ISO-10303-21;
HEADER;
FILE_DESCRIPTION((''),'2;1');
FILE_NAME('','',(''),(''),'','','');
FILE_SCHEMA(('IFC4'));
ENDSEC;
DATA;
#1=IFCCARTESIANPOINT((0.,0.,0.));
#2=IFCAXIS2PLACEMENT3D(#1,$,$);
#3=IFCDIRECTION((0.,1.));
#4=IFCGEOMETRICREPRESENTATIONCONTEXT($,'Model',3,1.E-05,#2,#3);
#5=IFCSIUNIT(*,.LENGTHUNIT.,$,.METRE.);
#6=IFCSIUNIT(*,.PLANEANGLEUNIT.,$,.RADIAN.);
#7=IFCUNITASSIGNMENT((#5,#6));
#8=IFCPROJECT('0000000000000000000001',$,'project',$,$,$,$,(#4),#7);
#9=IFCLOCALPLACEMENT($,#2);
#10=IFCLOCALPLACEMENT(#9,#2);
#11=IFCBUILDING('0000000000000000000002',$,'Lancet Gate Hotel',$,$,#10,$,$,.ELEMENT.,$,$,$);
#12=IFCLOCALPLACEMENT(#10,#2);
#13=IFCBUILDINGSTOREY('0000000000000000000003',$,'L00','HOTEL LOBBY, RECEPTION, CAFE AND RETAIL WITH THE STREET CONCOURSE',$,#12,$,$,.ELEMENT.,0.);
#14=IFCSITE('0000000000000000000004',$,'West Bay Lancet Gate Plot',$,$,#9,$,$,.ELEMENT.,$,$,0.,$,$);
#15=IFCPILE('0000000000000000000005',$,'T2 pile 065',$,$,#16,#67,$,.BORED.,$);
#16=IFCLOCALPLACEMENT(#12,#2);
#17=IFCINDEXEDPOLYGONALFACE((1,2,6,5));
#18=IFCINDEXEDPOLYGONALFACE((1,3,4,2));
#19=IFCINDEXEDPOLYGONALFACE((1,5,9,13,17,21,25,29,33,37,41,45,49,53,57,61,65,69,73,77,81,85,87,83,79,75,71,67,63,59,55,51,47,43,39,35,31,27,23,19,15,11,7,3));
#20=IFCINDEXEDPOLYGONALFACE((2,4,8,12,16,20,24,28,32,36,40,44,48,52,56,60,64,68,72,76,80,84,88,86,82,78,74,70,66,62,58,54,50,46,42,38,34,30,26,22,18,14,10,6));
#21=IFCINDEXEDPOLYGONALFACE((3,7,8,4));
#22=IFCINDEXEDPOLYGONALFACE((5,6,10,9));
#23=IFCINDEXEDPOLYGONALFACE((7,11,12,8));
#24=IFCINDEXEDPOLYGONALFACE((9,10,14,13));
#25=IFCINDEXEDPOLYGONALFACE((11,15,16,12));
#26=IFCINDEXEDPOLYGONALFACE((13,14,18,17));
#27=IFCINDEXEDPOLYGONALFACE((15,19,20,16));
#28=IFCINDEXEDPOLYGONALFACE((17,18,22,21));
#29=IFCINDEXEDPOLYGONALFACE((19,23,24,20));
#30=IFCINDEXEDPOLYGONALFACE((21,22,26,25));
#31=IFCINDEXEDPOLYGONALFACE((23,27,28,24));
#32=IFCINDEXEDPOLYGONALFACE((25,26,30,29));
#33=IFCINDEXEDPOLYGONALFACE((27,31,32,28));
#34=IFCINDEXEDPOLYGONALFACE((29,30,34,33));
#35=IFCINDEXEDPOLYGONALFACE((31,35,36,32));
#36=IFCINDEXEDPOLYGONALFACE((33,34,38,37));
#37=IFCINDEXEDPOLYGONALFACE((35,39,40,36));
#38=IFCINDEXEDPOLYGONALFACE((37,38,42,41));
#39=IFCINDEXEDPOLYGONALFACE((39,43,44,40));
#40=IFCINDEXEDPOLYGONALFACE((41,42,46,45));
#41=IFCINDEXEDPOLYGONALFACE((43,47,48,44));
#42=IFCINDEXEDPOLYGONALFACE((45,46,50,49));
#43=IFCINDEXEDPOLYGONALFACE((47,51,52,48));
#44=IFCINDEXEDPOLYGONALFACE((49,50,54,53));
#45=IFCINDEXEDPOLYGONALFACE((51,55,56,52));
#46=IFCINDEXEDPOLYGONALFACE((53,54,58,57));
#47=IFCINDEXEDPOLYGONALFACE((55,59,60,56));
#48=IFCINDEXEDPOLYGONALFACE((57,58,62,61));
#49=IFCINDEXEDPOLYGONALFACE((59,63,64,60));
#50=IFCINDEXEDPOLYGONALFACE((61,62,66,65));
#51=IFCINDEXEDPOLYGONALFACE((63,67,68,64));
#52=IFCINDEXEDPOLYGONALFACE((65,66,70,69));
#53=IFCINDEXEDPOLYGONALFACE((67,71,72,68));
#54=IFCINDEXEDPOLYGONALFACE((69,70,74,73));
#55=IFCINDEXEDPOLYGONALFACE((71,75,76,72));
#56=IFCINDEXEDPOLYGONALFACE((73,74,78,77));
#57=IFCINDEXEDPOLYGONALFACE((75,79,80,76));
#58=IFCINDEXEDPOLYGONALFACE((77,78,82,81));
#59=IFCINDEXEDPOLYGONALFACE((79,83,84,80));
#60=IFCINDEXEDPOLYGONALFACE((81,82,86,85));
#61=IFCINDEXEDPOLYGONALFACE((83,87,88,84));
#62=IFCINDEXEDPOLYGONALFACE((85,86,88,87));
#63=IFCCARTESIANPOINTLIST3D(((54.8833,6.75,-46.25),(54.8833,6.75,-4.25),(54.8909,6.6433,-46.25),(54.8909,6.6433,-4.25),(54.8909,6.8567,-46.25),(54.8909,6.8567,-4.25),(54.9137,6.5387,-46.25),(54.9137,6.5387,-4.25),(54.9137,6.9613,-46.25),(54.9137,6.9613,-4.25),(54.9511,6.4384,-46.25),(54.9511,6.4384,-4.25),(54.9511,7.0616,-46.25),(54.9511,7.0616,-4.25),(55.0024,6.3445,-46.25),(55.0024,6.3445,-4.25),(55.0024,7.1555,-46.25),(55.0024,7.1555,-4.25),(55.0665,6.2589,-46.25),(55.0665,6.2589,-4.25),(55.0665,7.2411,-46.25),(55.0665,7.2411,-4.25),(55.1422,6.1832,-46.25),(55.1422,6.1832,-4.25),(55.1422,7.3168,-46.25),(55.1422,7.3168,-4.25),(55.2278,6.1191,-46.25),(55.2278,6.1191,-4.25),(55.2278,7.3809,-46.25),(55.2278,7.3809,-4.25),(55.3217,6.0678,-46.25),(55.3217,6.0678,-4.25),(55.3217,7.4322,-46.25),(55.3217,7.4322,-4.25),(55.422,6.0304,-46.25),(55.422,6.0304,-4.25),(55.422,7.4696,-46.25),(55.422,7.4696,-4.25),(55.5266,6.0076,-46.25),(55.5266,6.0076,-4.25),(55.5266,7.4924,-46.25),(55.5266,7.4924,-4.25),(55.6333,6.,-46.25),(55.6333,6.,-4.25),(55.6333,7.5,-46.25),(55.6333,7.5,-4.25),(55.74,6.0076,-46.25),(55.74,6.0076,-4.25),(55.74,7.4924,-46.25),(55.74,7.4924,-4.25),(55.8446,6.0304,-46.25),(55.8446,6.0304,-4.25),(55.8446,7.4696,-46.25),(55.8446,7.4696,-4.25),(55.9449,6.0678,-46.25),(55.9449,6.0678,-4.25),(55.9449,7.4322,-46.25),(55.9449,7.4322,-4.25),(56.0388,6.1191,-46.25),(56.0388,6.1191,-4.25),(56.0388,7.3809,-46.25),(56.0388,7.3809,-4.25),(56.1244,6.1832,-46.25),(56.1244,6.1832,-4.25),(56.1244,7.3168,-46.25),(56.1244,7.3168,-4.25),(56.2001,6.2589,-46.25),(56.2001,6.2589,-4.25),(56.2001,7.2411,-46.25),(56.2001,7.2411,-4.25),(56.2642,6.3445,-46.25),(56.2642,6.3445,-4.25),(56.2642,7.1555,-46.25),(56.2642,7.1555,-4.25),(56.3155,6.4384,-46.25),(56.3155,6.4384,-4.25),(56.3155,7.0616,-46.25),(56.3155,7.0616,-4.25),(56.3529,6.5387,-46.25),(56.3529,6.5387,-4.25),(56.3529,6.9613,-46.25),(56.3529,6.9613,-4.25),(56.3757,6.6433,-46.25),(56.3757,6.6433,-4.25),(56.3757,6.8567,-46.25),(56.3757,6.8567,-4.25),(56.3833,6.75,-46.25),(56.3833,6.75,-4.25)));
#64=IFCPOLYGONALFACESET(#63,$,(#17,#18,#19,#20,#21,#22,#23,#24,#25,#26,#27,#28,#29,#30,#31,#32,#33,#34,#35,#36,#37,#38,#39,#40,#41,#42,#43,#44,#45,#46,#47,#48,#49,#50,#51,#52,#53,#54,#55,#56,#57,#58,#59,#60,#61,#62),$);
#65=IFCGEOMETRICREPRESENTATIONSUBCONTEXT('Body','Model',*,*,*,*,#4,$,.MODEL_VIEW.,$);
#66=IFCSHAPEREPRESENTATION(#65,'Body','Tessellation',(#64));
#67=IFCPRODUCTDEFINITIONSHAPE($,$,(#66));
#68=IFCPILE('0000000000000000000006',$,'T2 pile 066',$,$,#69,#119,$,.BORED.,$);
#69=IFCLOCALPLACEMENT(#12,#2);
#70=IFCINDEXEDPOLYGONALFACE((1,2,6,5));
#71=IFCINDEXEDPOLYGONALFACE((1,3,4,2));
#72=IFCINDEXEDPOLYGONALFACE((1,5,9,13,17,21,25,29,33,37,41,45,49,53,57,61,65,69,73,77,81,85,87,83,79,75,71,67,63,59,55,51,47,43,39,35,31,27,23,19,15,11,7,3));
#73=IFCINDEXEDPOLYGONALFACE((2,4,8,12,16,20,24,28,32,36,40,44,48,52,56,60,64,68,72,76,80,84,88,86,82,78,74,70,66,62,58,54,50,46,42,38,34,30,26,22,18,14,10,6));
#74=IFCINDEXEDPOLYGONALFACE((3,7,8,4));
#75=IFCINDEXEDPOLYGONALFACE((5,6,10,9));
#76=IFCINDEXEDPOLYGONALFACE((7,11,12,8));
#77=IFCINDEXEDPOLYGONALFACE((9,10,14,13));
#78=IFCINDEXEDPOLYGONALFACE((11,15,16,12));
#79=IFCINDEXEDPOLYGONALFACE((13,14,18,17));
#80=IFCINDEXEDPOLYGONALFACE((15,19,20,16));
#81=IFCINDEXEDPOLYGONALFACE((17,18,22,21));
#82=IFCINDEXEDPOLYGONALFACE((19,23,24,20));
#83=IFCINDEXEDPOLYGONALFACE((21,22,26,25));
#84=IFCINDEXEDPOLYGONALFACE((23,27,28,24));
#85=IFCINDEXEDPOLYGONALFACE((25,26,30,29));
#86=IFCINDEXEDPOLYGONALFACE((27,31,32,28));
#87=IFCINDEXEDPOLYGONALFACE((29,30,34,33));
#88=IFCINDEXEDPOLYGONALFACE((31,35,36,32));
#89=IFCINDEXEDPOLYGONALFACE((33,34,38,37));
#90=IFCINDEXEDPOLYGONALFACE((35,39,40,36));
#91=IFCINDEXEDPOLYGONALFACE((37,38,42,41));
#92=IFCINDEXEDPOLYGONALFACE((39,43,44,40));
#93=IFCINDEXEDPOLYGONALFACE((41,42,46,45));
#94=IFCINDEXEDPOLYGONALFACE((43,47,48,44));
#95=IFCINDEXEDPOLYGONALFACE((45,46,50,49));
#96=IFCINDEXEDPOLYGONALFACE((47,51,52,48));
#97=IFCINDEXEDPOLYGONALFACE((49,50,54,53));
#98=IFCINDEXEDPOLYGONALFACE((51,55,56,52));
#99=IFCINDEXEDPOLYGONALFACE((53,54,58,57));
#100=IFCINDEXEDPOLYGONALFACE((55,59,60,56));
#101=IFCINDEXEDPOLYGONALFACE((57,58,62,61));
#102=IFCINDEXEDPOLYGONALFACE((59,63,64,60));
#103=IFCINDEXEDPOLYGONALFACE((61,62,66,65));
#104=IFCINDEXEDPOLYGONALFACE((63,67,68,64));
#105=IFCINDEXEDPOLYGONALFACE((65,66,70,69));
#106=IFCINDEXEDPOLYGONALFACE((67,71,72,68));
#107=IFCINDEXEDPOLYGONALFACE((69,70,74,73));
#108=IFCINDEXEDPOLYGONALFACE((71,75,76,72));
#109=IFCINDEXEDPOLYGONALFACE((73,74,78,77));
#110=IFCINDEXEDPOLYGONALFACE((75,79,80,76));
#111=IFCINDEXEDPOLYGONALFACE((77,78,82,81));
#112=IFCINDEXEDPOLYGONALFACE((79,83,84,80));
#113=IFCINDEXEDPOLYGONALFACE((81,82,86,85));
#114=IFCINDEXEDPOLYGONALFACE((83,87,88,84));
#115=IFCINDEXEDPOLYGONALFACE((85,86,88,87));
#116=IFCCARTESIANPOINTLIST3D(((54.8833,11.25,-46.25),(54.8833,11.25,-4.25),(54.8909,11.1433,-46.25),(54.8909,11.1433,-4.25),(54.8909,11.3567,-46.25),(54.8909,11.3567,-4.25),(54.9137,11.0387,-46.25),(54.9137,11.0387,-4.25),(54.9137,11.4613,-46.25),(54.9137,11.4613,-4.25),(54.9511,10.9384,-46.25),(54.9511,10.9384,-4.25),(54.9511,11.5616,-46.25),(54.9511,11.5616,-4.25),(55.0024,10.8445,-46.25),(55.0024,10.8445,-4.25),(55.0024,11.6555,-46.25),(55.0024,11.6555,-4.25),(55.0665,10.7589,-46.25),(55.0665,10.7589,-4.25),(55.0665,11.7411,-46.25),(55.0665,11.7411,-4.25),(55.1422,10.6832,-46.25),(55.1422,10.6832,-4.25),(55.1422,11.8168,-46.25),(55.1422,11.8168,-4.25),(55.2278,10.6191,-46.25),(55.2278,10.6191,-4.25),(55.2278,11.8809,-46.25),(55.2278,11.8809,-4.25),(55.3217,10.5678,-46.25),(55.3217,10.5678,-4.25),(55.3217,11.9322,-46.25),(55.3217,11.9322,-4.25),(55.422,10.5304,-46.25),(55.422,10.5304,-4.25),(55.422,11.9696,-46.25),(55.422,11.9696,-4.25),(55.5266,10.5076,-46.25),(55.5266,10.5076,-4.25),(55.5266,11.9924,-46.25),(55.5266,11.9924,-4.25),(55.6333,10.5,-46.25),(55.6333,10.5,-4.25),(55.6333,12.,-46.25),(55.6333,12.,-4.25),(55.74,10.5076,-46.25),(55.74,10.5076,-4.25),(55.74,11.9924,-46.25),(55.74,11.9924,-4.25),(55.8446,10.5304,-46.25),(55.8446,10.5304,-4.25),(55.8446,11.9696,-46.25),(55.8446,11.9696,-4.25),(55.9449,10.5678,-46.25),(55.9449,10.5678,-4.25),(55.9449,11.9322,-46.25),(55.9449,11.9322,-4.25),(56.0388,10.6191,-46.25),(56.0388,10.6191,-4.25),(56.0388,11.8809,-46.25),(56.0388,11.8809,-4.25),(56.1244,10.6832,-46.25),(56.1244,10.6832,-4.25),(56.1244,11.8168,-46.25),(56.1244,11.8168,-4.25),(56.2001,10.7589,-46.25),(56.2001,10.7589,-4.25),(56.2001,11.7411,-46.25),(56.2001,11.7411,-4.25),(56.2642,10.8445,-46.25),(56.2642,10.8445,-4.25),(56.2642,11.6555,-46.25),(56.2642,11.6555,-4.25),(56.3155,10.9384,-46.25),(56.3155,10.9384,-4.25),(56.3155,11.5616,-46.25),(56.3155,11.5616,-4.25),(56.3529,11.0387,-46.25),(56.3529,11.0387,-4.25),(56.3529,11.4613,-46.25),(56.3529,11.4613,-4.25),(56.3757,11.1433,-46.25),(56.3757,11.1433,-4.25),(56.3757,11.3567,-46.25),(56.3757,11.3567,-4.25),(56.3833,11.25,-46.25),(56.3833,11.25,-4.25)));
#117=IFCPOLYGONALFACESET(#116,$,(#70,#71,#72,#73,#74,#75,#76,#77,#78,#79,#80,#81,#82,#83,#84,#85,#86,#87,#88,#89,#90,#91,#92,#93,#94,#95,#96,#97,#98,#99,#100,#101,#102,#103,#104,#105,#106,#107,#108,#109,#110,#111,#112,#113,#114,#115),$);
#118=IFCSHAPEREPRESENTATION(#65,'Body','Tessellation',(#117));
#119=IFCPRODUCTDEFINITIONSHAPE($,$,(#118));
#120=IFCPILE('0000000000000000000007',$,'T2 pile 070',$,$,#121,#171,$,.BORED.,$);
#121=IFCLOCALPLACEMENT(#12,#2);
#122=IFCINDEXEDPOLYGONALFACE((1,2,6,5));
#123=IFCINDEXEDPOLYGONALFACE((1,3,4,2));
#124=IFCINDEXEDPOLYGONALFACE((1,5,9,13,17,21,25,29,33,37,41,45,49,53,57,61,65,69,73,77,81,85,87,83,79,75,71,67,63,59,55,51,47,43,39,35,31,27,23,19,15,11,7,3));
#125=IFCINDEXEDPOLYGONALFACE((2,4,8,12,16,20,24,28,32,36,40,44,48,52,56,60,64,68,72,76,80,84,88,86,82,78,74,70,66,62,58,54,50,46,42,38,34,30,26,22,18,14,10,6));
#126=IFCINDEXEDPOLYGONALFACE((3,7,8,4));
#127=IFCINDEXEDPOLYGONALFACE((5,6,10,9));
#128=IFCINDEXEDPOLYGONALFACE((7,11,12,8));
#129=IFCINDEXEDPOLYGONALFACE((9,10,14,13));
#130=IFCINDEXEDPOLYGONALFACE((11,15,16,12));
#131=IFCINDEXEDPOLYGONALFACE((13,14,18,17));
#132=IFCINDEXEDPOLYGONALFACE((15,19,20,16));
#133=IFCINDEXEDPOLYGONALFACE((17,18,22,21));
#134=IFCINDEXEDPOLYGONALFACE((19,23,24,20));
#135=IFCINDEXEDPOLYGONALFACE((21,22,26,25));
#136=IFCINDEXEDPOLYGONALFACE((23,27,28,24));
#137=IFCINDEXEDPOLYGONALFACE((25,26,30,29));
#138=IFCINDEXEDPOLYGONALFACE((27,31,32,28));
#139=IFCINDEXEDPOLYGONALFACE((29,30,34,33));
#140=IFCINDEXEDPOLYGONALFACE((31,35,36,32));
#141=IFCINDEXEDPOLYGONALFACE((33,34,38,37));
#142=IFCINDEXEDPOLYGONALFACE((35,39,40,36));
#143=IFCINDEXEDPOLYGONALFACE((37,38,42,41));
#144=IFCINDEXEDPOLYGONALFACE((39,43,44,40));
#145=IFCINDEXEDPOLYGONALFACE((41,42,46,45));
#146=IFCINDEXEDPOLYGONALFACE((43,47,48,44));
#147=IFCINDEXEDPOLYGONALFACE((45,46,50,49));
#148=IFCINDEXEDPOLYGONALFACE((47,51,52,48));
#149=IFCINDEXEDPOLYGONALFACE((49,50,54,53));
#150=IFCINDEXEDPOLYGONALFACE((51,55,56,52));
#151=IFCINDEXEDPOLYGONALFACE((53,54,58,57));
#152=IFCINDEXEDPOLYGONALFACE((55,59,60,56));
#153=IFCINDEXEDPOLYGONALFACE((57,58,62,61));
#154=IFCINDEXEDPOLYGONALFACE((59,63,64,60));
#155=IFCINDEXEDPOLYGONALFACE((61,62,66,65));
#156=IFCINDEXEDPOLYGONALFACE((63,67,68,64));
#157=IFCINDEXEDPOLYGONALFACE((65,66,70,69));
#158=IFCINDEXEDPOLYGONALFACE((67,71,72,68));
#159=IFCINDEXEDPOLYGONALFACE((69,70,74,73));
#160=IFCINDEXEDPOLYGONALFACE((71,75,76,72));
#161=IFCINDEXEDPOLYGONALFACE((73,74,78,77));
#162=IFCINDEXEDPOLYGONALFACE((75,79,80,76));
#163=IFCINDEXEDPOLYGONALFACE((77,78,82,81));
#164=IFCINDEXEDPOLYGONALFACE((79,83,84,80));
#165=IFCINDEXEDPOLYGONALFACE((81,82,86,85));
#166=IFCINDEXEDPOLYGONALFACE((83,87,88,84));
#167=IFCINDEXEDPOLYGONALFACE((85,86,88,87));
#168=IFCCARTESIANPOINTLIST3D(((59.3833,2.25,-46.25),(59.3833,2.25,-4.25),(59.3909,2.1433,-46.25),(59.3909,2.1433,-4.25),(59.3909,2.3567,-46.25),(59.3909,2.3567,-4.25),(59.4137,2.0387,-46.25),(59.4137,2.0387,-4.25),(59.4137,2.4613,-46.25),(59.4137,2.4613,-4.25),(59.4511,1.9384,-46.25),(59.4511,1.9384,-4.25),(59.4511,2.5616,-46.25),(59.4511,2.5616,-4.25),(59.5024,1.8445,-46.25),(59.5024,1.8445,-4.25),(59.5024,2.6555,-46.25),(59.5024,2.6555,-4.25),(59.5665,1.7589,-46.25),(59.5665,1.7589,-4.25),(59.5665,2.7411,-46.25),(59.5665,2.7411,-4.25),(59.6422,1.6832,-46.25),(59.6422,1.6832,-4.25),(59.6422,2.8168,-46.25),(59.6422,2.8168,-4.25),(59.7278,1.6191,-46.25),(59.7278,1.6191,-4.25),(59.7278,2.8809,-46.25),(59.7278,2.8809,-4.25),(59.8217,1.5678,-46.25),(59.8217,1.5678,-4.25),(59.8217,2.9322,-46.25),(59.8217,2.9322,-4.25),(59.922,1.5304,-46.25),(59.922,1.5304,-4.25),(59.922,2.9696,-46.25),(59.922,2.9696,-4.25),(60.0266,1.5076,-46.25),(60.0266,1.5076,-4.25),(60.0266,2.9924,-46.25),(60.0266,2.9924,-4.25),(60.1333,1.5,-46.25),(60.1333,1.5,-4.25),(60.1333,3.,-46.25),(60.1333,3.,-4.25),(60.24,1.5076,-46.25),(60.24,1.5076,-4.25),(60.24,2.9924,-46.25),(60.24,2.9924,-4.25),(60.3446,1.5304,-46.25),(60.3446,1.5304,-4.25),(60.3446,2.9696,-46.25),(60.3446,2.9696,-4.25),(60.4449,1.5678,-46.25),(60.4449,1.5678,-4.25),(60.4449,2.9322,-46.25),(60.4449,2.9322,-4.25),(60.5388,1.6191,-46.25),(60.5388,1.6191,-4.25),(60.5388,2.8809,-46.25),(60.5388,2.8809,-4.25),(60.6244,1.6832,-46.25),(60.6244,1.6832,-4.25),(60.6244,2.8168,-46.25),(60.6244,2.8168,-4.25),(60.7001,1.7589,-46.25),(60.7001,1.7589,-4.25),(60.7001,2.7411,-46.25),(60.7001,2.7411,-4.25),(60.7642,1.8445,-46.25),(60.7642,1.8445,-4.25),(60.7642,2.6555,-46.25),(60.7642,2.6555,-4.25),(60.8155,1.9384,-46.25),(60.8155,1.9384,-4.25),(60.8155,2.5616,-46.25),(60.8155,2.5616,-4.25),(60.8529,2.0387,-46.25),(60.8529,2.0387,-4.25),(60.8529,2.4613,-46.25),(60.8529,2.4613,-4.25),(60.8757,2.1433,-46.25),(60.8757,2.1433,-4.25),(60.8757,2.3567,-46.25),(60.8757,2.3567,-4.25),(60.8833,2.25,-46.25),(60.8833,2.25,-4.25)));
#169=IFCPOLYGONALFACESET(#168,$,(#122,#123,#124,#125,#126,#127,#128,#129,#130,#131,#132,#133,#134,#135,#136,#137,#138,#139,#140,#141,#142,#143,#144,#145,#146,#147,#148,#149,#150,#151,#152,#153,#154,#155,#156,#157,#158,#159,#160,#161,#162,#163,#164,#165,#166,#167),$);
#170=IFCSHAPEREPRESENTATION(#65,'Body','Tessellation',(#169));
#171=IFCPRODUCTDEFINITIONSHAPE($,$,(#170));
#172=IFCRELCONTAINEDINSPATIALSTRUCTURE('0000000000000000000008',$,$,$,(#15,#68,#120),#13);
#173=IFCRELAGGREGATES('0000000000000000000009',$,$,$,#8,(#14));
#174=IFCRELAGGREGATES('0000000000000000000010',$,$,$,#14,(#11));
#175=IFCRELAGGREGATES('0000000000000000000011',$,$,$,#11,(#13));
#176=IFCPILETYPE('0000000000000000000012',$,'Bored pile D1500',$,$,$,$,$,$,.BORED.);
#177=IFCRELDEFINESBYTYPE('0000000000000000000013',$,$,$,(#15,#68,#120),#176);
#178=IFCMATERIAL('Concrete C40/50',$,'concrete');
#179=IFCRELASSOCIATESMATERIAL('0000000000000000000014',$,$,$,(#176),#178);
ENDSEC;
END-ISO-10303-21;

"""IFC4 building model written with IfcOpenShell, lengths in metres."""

from ifc_helpers import new_model, si_unit, direction, frame, origin, origin_2d, place, context, subcontext, project, spatial, circle, extrude, material, material_profile, profile_set, type_object, element, save


model = new_model("IFC4")

# Units and contexts
model_context = context("Model", 3, precision=1e-05, world=origin(), true_north=direction((0.0, 1.0)))
body_context = subcontext(model_context, "Body", "Model", "MODEL_VIEW")
ifc_project = project(units=[si_unit("LENGTHUNIT", "METRE"), si_unit("PLANEANGLEUNIT", "RADIAN")], contexts=[model_context])

# Site, building, storey
site_placement = place(None, origin())
site = spatial("IfcSite", under=ifc_project, at=site_placement, Name="West Bay Lancet Gate Plot", CompositionType="ELEMENT", RefElevation=0.0)
building_placement = place(site_placement, origin())
building = spatial("IfcBuilding", under=site, at=building_placement, Name="Lancet Gate Hotel", CompositionType="ELEMENT")
storey_placement = place(building_placement, origin())
storey = spatial("IfcBuildingStorey", under=building, at=storey_placement, Name="L00", Description="HOTEL LOBBY, RECEPTION, CAFE AND RETAIL WITH THE STREET CONCOURSE", CompositionType="ELEMENT", Elevation=0.0)

# Piles
ifc_material_1 = material(Name="Concrete C40/50", Category="concrete")
ifc_material_profile_1 = material_profile(ifc_material_1, circle(Radius=0.75, at=origin_2d()), Name="PILE D1500")
ifc_profile_set_1 = profile_set([ifc_material_profile_1], Name="Concrete C40/50")
pile_type = type_object("IfcPileType", Name="Bored pile D1500", PredefinedType="BORED", material=ifc_profile_set_1)
for number, where, z_axis, x_axis, name in (
    (1, (55.6333, 6.75, -4.25), (0.0, 0.0, -1.0), (1.0, 0.0, 0.0), "T2 pile 065"),
    (2, (55.6333, 11.25, -4.25), (0.0, 0.0, -1.0), (1.0, 0.0, 0.0), "T2 pile 066"),
    (3, (60.1333, 2.25, -4.25), (0.0, 0.0, -1.0), (1.0, 0.0, 0.0), "T2 pile 070"),
):
    element("IfcPile", number, at=place(storey_placement, frame(where, z_axis=z_axis, x_axis=x_axis)), inside=storey, type_object=pile_type, Name=name, PredefinedType="BORED", context=body_context, shape_type="SweptSolid", body=[
        extrude(circle(Radius=0.75, at=origin_2d()), origin(), (0.0, 0.0, 1.0), 42.0),
    ])

save(model, "model.ifc")
